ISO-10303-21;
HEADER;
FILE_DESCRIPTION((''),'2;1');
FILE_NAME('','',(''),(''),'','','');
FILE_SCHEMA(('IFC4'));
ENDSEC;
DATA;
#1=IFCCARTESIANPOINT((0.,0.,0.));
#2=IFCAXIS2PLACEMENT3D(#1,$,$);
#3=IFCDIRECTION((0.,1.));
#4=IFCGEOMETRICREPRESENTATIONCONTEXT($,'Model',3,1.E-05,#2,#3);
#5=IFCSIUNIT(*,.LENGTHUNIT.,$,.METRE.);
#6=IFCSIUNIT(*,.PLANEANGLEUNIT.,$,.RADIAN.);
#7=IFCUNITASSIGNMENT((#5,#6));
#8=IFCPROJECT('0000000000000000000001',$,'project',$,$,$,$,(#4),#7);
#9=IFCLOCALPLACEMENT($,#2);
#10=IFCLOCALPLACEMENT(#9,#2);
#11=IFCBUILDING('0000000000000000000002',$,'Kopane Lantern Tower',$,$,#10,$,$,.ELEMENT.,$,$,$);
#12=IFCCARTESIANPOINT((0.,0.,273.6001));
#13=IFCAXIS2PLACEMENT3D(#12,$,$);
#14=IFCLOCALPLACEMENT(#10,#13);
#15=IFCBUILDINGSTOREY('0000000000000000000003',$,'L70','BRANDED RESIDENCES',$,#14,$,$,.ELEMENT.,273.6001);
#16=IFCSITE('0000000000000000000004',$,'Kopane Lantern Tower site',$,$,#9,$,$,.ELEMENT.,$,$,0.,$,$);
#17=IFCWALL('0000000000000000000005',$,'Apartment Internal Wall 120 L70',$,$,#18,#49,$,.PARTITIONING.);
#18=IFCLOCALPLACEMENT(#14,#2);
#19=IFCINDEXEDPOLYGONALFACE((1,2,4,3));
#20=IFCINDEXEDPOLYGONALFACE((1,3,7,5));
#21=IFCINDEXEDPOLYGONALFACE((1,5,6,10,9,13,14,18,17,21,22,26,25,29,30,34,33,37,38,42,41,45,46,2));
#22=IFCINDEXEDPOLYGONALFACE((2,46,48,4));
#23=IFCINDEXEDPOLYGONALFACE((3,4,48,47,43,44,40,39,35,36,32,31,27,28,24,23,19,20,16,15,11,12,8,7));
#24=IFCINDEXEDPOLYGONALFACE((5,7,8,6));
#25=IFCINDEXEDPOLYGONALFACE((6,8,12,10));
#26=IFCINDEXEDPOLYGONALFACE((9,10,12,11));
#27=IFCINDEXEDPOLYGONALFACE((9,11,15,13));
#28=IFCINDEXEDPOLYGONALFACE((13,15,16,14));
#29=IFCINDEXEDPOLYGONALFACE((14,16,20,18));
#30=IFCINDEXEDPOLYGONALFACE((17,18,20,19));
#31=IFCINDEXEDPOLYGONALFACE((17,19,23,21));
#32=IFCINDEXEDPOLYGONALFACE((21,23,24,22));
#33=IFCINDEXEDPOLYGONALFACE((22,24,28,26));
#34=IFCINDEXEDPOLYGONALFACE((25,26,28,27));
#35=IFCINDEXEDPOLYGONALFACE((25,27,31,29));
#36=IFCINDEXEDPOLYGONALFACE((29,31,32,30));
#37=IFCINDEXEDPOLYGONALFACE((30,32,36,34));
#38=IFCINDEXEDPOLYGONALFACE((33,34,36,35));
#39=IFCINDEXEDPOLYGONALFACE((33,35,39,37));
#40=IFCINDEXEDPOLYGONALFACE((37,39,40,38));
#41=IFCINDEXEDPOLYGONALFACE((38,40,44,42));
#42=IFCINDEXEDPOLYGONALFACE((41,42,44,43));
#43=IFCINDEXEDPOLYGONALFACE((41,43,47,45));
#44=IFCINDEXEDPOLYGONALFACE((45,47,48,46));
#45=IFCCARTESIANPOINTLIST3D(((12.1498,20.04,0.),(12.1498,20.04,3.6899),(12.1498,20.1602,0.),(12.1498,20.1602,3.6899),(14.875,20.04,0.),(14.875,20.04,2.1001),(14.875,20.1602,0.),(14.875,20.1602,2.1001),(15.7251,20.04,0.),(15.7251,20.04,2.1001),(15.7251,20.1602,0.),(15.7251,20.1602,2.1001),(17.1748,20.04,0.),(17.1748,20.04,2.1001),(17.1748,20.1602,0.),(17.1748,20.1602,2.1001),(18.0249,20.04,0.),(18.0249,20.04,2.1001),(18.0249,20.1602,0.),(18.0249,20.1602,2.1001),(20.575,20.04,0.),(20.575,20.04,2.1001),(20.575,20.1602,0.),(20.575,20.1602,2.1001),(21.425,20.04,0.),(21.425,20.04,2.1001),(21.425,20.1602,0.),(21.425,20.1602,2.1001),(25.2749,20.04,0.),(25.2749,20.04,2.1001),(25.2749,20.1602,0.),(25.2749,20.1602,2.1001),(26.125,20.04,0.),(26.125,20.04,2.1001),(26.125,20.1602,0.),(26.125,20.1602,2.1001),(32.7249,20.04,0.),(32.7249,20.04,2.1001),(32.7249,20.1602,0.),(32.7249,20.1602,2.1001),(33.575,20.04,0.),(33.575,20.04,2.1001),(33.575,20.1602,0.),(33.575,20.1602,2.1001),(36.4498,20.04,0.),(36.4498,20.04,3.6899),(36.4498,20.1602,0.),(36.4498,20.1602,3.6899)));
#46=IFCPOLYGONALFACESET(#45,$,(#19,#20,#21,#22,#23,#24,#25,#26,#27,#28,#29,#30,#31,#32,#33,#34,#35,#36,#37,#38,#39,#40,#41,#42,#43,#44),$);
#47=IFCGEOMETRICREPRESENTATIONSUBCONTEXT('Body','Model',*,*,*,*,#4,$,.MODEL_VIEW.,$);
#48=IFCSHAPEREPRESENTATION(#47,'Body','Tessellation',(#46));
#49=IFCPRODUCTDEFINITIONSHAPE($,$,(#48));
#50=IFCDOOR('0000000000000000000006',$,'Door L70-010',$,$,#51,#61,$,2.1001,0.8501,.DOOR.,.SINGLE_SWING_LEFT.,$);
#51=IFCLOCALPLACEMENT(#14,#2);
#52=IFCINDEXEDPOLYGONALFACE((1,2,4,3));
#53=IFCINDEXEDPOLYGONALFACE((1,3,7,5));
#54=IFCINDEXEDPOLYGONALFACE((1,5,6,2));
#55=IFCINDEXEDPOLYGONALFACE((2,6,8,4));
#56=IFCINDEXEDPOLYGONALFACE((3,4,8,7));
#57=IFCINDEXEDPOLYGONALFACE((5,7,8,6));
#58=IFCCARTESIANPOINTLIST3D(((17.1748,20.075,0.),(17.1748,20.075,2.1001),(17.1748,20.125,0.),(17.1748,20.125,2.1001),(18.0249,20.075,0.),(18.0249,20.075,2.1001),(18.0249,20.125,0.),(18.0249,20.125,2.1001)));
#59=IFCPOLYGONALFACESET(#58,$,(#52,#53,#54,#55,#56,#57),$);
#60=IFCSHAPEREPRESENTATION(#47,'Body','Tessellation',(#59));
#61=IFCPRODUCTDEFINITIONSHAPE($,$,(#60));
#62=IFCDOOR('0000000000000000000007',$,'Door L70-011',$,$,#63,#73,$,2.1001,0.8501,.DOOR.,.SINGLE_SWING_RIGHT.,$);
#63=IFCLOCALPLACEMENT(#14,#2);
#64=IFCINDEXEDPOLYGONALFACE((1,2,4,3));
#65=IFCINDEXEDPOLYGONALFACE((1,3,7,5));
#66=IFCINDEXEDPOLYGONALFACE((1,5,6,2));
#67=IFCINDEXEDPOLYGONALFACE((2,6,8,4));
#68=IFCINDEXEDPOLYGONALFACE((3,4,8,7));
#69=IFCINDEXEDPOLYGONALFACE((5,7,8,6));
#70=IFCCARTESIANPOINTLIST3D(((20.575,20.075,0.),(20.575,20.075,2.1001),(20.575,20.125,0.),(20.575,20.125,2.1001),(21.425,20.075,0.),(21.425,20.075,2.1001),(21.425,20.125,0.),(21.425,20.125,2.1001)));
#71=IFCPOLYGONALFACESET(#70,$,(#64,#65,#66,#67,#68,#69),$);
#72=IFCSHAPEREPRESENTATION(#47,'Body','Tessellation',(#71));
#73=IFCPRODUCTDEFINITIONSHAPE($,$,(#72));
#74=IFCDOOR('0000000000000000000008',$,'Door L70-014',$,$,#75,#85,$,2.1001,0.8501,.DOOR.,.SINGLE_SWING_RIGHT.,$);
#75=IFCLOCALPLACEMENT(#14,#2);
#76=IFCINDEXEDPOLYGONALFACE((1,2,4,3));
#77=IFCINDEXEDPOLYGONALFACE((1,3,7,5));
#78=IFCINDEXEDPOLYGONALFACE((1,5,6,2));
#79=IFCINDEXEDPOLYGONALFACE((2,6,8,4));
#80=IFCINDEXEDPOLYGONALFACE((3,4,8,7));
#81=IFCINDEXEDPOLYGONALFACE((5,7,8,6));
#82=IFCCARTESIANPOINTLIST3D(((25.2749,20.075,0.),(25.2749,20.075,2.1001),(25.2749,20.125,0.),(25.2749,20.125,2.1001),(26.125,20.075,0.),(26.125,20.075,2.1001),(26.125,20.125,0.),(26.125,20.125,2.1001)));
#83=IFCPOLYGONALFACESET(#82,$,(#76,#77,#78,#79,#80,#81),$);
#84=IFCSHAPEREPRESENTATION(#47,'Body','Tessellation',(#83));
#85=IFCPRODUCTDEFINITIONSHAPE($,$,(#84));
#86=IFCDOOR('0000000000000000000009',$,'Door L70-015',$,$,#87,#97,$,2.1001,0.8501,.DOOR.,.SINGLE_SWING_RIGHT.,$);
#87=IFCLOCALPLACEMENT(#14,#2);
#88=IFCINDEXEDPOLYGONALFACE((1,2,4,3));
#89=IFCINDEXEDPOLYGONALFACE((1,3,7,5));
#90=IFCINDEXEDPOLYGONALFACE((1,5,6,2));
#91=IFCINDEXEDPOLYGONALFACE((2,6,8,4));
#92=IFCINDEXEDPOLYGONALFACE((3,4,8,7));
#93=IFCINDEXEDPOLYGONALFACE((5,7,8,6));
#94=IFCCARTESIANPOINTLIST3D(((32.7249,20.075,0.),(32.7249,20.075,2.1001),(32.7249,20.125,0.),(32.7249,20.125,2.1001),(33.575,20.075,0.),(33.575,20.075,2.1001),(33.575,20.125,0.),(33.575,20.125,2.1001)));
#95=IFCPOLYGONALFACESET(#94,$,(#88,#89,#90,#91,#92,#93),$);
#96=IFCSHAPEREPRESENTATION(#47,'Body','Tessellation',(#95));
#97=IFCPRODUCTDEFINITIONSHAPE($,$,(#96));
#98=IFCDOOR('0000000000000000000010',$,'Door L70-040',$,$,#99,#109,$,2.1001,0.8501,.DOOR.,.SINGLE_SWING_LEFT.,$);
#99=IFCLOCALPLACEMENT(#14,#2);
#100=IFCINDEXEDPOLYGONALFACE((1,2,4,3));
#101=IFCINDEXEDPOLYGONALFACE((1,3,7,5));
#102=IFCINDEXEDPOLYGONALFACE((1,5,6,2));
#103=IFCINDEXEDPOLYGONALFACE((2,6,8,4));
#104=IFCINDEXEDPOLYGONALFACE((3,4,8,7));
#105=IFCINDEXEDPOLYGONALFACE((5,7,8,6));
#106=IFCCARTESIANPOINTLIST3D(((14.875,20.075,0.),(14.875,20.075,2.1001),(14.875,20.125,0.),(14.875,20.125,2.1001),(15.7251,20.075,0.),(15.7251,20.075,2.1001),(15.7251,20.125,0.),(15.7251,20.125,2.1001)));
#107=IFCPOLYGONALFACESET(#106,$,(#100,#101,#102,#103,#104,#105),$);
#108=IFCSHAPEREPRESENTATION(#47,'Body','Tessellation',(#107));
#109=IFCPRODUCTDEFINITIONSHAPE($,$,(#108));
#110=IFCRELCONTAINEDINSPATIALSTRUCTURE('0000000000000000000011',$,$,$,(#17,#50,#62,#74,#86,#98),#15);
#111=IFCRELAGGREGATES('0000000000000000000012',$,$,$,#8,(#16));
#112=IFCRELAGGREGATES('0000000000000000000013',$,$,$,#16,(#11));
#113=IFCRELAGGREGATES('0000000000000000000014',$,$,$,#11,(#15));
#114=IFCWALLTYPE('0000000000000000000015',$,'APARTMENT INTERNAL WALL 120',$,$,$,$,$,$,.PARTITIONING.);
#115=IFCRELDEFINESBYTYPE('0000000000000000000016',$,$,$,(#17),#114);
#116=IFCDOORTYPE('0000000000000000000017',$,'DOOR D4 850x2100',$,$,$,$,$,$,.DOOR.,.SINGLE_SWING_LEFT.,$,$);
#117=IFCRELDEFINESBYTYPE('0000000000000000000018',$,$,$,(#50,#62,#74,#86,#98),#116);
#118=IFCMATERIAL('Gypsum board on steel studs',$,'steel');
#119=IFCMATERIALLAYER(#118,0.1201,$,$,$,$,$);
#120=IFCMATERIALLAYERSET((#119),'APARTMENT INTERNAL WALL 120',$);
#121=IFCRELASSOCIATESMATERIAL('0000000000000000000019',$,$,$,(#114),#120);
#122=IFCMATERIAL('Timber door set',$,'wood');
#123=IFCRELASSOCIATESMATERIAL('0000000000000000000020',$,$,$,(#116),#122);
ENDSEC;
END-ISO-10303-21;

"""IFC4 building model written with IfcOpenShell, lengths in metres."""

from ifc_helpers import new_model, si_unit, direction, frame, frame_2d, origin, place, context, subcontext, project, spatial, rectangle, extrude, material, layer, layer_set, type_object, element, fill, save


model = new_model("IFC4")

# Units and contexts
model_context = context("Model", 3, precision=1e-05, world=origin(), true_north=direction((0.0, 1.0)))
body_context = subcontext(model_context, "Body", "Model", "MODEL_VIEW")
ifc_project = project(units=[si_unit("LENGTHUNIT", "METRE"), si_unit("PLANEANGLEUNIT", "RADIAN")], contexts=[model_context])

# Site, building, storey
site_placement = place(None, origin())
site = spatial("IfcSite", under=ifc_project, at=site_placement, Name="Kopane Lantern Tower site", CompositionType="ELEMENT", RefElevation=0.0)
building_placement = place(site_placement, origin())
building = spatial("IfcBuilding", under=site, at=building_placement, Name="Kopane Lantern Tower", CompositionType="ELEMENT")
storey_placement = place(building_placement, frame((0.0, 0.0, 273.6001)))
storey = spatial("IfcBuildingStorey", under=building, at=storey_placement, Name="L70", Description="BRANDED RESIDENCES", CompositionType="ELEMENT", Elevation=273.6001)

# Wall, openings, doors
ifc_material_1 = material(Name="Gypsum board on steel studs", Category="steel")
ifc_layer_1 = layer(ifc_material_1, 0.1201)
ifc_layer_set_1 = layer_set([ifc_layer_1], Name="APARTMENT INTERNAL WALL 120")
wall_type_1 = type_object("IfcWallType", Name="APARTMENT INTERNAL WALL 120", PredefinedType="PARTITIONING", material=ifc_layer_set_1)
wall_1_placement = place(storey_placement, frame((12.1499, 20.1001, 0.0), z_axis=(0.0, 0.0, 1.0), x_axis=(1.0, 0.0, 0.0)))
wall_1 = element("IfcWall", 1, at=wall_1_placement, inside=storey, type_object=wall_type_1, Name="Apartment Internal Wall 120 L70", PredefinedType="PARTITIONING", context=body_context, shape_type="SweptSolid", body=[
    extrude(rectangle(XDim=24.3, YDim=0.1201, at=frame_2d((12.1499, 0.0))), origin(), (0.0, 0.0, 1.0), 3.6899),
])
opening_1_placement = place(wall_1_placement, frame((5.0249, 0.0, 0.0)))
opening_1 = element("IfcOpeningElement", 2, at=opening_1_placement, cuts=wall_1, PredefinedType="OPENING", context=body_context, shape_type="SweptSolid", body=[
    extrude(rectangle(XDim=0.8501, YDim=2.1001, at=frame_2d((0.425, 1.05))), frame((0.0, 0.0701, 0.0), z_axis=(0.0, -1.0, 0.0), x_axis=(1.0, 0.0, 0.0)), (0.0, 0.0, 1.0), 0.1401),
])
opening_2_placement = place(wall_1_placement, frame((8.425, 0.0, 0.0)))
opening_2 = element("IfcOpeningElement", 3, at=opening_2_placement, cuts=wall_1, PredefinedType="OPENING", context=body_context, shape_type="SweptSolid", body=[
    extrude(rectangle(XDim=0.8501, YDim=2.1001, at=frame_2d((0.425, 1.05))), frame((0.0, 0.0701, 0.0), z_axis=(0.0, -1.0, 0.0), x_axis=(1.0, 0.0, 0.0)), (0.0, 0.0, 1.0), 0.1401),
])
opening_3_placement = place(wall_1_placement, frame((13.125, 0.0, 0.0)))
opening_3 = element("IfcOpeningElement", 4, at=opening_3_placement, cuts=wall_1, PredefinedType="OPENING", context=body_context, shape_type="SweptSolid", body=[
    extrude(rectangle(XDim=0.8501, YDim=2.1001, at=frame_2d((0.425, 1.05))), frame((0.0, 0.0701, 0.0), z_axis=(0.0, -1.0, 0.0), x_axis=(1.0, 0.0, 0.0)), (0.0, 0.0, 1.0), 0.1401),
])
opening_4_placement = place(wall_1_placement, frame((20.575, 0.0, 0.0)))
opening_4 = element("IfcOpeningElement", 5, at=opening_4_placement, cuts=wall_1, PredefinedType="OPENING", context=body_context, shape_type="SweptSolid", body=[
    extrude(rectangle(XDim=0.8501, YDim=2.1001, at=frame_2d((0.425, 1.05))), frame((0.0, 0.0701, 0.0), z_axis=(0.0, -1.0, 0.0), x_axis=(1.0, 0.0, 0.0)), (0.0, 0.0, 1.0), 0.1401),
])
opening_5_placement = place(wall_1_placement, frame((2.7251, 0.0, 0.0)))
opening_5 = element("IfcOpeningElement", 6, at=opening_5_placement, cuts=wall_1, PredefinedType="OPENING", context=body_context, shape_type="SweptSolid", body=[
    extrude(rectangle(XDim=0.8501, YDim=2.1001, at=frame_2d((0.425, 1.05))), frame((0.0, 0.0701, 0.0), z_axis=(0.0, -1.0, 0.0), x_axis=(1.0, 0.0, 0.0)), (0.0, 0.0, 1.0), 0.1401),
])
ifc_material_2 = material(Name="Timber door set", Category="wood")
door_type = type_object("IfcDoorType", Name="DOOR D4 850x2100", OperationType="SINGLE_SWING_LEFT", PredefinedType="DOOR", material=ifc_material_2)
door_1_placement = place(opening_1_placement, origin())
door_1 = element("IfcDoor", 7, at=door_1_placement, inside=storey, type_object=door_type, Name="Door L70-010", OperationType="SINGLE_SWING_LEFT", OverallHeight=2.1001, OverallWidth=0.8501, PredefinedType="DOOR", context=body_context, shape_type="SweptSolid", body=[
    extrude(rectangle(XDim=0.8501, YDim=2.1001, at=frame_2d((0.425, 1.05))), frame((0.0, 0.0249, 0.0), z_axis=(0.0, -1.0, 0.0), x_axis=(1.0, 0.0, 0.0)), (0.0, 0.0, 1.0), 0.05),
])
fill(opening_1, door_1)
door_2_placement = place(opening_2_placement, origin())
door_2 = element("IfcDoor", 8, at=door_2_placement, inside=storey, type_object=door_type, Name="Door L70-011", OperationType="SINGLE_SWING_RIGHT", OverallHeight=2.1001, OverallWidth=0.8501, PredefinedType="DOOR", context=body_context, shape_type="SweptSolid", body=[
    extrude(rectangle(XDim=0.8501, YDim=2.1001, at=frame_2d((0.425, 1.05))), frame((0.0, 0.0249, 0.0), z_axis=(0.0, -1.0, 0.0), x_axis=(1.0, 0.0, 0.0)), (0.0, 0.0, 1.0), 0.05),
])
fill(opening_2, door_2)
door_3_placement = place(opening_3_placement, origin())
door_3 = element("IfcDoor", 9, at=door_3_placement, inside=storey, type_object=door_type, Name="Door L70-014", OperationType="SINGLE_SWING_RIGHT", OverallHeight=2.1001, OverallWidth=0.8501, PredefinedType="DOOR", context=body_context, shape_type="SweptSolid", body=[
    extrude(rectangle(XDim=0.8501, YDim=2.1001, at=frame_2d((0.425, 1.05))), frame((0.0, 0.0249, 0.0), z_axis=(0.0, -1.0, 0.0), x_axis=(1.0, 0.0, 0.0)), (0.0, 0.0, 1.0), 0.05),
])
fill(opening_3, door_3)
door_4_placement = place(opening_4_placement, origin())
door_4 = element("IfcDoor", 10, at=door_4_placement, inside=storey, type_object=door_type, Name="Door L70-015", OperationType="SINGLE_SWING_RIGHT", OverallHeight=2.1001, OverallWidth=0.8501, PredefinedType="DOOR", context=body_context, shape_type="SweptSolid", body=[
    extrude(rectangle(XDim=0.8501, YDim=2.1001, at=frame_2d((0.425, 1.05))), frame((0.0, 0.0249, 0.0), z_axis=(0.0, -1.0, 0.0), x_axis=(1.0, 0.0, 0.0)), (0.0, 0.0, 1.0), 0.05),
])
fill(opening_4, door_4)
door_5_placement = place(opening_5_placement, origin())
door_5 = element("IfcDoor", 11, at=door_5_placement, inside=storey, type_object=door_type, Name="Door L70-040", OperationType="SINGLE_SWING_LEFT", OverallHeight=2.1001, OverallWidth=0.8501, PredefinedType="DOOR", context=body_context, shape_type="SweptSolid", body=[
    extrude(rectangle(XDim=0.8501, YDim=2.1001, at=frame_2d((0.425, 1.05))), frame((0.0, 0.0249, 0.0), z_axis=(0.0, -1.0, 0.0), x_axis=(1.0, 0.0, 0.0)), (0.0, 0.0, 1.0), 0.05),
])
fill(opening_5, door_5)

save(model, "model.ifc")
